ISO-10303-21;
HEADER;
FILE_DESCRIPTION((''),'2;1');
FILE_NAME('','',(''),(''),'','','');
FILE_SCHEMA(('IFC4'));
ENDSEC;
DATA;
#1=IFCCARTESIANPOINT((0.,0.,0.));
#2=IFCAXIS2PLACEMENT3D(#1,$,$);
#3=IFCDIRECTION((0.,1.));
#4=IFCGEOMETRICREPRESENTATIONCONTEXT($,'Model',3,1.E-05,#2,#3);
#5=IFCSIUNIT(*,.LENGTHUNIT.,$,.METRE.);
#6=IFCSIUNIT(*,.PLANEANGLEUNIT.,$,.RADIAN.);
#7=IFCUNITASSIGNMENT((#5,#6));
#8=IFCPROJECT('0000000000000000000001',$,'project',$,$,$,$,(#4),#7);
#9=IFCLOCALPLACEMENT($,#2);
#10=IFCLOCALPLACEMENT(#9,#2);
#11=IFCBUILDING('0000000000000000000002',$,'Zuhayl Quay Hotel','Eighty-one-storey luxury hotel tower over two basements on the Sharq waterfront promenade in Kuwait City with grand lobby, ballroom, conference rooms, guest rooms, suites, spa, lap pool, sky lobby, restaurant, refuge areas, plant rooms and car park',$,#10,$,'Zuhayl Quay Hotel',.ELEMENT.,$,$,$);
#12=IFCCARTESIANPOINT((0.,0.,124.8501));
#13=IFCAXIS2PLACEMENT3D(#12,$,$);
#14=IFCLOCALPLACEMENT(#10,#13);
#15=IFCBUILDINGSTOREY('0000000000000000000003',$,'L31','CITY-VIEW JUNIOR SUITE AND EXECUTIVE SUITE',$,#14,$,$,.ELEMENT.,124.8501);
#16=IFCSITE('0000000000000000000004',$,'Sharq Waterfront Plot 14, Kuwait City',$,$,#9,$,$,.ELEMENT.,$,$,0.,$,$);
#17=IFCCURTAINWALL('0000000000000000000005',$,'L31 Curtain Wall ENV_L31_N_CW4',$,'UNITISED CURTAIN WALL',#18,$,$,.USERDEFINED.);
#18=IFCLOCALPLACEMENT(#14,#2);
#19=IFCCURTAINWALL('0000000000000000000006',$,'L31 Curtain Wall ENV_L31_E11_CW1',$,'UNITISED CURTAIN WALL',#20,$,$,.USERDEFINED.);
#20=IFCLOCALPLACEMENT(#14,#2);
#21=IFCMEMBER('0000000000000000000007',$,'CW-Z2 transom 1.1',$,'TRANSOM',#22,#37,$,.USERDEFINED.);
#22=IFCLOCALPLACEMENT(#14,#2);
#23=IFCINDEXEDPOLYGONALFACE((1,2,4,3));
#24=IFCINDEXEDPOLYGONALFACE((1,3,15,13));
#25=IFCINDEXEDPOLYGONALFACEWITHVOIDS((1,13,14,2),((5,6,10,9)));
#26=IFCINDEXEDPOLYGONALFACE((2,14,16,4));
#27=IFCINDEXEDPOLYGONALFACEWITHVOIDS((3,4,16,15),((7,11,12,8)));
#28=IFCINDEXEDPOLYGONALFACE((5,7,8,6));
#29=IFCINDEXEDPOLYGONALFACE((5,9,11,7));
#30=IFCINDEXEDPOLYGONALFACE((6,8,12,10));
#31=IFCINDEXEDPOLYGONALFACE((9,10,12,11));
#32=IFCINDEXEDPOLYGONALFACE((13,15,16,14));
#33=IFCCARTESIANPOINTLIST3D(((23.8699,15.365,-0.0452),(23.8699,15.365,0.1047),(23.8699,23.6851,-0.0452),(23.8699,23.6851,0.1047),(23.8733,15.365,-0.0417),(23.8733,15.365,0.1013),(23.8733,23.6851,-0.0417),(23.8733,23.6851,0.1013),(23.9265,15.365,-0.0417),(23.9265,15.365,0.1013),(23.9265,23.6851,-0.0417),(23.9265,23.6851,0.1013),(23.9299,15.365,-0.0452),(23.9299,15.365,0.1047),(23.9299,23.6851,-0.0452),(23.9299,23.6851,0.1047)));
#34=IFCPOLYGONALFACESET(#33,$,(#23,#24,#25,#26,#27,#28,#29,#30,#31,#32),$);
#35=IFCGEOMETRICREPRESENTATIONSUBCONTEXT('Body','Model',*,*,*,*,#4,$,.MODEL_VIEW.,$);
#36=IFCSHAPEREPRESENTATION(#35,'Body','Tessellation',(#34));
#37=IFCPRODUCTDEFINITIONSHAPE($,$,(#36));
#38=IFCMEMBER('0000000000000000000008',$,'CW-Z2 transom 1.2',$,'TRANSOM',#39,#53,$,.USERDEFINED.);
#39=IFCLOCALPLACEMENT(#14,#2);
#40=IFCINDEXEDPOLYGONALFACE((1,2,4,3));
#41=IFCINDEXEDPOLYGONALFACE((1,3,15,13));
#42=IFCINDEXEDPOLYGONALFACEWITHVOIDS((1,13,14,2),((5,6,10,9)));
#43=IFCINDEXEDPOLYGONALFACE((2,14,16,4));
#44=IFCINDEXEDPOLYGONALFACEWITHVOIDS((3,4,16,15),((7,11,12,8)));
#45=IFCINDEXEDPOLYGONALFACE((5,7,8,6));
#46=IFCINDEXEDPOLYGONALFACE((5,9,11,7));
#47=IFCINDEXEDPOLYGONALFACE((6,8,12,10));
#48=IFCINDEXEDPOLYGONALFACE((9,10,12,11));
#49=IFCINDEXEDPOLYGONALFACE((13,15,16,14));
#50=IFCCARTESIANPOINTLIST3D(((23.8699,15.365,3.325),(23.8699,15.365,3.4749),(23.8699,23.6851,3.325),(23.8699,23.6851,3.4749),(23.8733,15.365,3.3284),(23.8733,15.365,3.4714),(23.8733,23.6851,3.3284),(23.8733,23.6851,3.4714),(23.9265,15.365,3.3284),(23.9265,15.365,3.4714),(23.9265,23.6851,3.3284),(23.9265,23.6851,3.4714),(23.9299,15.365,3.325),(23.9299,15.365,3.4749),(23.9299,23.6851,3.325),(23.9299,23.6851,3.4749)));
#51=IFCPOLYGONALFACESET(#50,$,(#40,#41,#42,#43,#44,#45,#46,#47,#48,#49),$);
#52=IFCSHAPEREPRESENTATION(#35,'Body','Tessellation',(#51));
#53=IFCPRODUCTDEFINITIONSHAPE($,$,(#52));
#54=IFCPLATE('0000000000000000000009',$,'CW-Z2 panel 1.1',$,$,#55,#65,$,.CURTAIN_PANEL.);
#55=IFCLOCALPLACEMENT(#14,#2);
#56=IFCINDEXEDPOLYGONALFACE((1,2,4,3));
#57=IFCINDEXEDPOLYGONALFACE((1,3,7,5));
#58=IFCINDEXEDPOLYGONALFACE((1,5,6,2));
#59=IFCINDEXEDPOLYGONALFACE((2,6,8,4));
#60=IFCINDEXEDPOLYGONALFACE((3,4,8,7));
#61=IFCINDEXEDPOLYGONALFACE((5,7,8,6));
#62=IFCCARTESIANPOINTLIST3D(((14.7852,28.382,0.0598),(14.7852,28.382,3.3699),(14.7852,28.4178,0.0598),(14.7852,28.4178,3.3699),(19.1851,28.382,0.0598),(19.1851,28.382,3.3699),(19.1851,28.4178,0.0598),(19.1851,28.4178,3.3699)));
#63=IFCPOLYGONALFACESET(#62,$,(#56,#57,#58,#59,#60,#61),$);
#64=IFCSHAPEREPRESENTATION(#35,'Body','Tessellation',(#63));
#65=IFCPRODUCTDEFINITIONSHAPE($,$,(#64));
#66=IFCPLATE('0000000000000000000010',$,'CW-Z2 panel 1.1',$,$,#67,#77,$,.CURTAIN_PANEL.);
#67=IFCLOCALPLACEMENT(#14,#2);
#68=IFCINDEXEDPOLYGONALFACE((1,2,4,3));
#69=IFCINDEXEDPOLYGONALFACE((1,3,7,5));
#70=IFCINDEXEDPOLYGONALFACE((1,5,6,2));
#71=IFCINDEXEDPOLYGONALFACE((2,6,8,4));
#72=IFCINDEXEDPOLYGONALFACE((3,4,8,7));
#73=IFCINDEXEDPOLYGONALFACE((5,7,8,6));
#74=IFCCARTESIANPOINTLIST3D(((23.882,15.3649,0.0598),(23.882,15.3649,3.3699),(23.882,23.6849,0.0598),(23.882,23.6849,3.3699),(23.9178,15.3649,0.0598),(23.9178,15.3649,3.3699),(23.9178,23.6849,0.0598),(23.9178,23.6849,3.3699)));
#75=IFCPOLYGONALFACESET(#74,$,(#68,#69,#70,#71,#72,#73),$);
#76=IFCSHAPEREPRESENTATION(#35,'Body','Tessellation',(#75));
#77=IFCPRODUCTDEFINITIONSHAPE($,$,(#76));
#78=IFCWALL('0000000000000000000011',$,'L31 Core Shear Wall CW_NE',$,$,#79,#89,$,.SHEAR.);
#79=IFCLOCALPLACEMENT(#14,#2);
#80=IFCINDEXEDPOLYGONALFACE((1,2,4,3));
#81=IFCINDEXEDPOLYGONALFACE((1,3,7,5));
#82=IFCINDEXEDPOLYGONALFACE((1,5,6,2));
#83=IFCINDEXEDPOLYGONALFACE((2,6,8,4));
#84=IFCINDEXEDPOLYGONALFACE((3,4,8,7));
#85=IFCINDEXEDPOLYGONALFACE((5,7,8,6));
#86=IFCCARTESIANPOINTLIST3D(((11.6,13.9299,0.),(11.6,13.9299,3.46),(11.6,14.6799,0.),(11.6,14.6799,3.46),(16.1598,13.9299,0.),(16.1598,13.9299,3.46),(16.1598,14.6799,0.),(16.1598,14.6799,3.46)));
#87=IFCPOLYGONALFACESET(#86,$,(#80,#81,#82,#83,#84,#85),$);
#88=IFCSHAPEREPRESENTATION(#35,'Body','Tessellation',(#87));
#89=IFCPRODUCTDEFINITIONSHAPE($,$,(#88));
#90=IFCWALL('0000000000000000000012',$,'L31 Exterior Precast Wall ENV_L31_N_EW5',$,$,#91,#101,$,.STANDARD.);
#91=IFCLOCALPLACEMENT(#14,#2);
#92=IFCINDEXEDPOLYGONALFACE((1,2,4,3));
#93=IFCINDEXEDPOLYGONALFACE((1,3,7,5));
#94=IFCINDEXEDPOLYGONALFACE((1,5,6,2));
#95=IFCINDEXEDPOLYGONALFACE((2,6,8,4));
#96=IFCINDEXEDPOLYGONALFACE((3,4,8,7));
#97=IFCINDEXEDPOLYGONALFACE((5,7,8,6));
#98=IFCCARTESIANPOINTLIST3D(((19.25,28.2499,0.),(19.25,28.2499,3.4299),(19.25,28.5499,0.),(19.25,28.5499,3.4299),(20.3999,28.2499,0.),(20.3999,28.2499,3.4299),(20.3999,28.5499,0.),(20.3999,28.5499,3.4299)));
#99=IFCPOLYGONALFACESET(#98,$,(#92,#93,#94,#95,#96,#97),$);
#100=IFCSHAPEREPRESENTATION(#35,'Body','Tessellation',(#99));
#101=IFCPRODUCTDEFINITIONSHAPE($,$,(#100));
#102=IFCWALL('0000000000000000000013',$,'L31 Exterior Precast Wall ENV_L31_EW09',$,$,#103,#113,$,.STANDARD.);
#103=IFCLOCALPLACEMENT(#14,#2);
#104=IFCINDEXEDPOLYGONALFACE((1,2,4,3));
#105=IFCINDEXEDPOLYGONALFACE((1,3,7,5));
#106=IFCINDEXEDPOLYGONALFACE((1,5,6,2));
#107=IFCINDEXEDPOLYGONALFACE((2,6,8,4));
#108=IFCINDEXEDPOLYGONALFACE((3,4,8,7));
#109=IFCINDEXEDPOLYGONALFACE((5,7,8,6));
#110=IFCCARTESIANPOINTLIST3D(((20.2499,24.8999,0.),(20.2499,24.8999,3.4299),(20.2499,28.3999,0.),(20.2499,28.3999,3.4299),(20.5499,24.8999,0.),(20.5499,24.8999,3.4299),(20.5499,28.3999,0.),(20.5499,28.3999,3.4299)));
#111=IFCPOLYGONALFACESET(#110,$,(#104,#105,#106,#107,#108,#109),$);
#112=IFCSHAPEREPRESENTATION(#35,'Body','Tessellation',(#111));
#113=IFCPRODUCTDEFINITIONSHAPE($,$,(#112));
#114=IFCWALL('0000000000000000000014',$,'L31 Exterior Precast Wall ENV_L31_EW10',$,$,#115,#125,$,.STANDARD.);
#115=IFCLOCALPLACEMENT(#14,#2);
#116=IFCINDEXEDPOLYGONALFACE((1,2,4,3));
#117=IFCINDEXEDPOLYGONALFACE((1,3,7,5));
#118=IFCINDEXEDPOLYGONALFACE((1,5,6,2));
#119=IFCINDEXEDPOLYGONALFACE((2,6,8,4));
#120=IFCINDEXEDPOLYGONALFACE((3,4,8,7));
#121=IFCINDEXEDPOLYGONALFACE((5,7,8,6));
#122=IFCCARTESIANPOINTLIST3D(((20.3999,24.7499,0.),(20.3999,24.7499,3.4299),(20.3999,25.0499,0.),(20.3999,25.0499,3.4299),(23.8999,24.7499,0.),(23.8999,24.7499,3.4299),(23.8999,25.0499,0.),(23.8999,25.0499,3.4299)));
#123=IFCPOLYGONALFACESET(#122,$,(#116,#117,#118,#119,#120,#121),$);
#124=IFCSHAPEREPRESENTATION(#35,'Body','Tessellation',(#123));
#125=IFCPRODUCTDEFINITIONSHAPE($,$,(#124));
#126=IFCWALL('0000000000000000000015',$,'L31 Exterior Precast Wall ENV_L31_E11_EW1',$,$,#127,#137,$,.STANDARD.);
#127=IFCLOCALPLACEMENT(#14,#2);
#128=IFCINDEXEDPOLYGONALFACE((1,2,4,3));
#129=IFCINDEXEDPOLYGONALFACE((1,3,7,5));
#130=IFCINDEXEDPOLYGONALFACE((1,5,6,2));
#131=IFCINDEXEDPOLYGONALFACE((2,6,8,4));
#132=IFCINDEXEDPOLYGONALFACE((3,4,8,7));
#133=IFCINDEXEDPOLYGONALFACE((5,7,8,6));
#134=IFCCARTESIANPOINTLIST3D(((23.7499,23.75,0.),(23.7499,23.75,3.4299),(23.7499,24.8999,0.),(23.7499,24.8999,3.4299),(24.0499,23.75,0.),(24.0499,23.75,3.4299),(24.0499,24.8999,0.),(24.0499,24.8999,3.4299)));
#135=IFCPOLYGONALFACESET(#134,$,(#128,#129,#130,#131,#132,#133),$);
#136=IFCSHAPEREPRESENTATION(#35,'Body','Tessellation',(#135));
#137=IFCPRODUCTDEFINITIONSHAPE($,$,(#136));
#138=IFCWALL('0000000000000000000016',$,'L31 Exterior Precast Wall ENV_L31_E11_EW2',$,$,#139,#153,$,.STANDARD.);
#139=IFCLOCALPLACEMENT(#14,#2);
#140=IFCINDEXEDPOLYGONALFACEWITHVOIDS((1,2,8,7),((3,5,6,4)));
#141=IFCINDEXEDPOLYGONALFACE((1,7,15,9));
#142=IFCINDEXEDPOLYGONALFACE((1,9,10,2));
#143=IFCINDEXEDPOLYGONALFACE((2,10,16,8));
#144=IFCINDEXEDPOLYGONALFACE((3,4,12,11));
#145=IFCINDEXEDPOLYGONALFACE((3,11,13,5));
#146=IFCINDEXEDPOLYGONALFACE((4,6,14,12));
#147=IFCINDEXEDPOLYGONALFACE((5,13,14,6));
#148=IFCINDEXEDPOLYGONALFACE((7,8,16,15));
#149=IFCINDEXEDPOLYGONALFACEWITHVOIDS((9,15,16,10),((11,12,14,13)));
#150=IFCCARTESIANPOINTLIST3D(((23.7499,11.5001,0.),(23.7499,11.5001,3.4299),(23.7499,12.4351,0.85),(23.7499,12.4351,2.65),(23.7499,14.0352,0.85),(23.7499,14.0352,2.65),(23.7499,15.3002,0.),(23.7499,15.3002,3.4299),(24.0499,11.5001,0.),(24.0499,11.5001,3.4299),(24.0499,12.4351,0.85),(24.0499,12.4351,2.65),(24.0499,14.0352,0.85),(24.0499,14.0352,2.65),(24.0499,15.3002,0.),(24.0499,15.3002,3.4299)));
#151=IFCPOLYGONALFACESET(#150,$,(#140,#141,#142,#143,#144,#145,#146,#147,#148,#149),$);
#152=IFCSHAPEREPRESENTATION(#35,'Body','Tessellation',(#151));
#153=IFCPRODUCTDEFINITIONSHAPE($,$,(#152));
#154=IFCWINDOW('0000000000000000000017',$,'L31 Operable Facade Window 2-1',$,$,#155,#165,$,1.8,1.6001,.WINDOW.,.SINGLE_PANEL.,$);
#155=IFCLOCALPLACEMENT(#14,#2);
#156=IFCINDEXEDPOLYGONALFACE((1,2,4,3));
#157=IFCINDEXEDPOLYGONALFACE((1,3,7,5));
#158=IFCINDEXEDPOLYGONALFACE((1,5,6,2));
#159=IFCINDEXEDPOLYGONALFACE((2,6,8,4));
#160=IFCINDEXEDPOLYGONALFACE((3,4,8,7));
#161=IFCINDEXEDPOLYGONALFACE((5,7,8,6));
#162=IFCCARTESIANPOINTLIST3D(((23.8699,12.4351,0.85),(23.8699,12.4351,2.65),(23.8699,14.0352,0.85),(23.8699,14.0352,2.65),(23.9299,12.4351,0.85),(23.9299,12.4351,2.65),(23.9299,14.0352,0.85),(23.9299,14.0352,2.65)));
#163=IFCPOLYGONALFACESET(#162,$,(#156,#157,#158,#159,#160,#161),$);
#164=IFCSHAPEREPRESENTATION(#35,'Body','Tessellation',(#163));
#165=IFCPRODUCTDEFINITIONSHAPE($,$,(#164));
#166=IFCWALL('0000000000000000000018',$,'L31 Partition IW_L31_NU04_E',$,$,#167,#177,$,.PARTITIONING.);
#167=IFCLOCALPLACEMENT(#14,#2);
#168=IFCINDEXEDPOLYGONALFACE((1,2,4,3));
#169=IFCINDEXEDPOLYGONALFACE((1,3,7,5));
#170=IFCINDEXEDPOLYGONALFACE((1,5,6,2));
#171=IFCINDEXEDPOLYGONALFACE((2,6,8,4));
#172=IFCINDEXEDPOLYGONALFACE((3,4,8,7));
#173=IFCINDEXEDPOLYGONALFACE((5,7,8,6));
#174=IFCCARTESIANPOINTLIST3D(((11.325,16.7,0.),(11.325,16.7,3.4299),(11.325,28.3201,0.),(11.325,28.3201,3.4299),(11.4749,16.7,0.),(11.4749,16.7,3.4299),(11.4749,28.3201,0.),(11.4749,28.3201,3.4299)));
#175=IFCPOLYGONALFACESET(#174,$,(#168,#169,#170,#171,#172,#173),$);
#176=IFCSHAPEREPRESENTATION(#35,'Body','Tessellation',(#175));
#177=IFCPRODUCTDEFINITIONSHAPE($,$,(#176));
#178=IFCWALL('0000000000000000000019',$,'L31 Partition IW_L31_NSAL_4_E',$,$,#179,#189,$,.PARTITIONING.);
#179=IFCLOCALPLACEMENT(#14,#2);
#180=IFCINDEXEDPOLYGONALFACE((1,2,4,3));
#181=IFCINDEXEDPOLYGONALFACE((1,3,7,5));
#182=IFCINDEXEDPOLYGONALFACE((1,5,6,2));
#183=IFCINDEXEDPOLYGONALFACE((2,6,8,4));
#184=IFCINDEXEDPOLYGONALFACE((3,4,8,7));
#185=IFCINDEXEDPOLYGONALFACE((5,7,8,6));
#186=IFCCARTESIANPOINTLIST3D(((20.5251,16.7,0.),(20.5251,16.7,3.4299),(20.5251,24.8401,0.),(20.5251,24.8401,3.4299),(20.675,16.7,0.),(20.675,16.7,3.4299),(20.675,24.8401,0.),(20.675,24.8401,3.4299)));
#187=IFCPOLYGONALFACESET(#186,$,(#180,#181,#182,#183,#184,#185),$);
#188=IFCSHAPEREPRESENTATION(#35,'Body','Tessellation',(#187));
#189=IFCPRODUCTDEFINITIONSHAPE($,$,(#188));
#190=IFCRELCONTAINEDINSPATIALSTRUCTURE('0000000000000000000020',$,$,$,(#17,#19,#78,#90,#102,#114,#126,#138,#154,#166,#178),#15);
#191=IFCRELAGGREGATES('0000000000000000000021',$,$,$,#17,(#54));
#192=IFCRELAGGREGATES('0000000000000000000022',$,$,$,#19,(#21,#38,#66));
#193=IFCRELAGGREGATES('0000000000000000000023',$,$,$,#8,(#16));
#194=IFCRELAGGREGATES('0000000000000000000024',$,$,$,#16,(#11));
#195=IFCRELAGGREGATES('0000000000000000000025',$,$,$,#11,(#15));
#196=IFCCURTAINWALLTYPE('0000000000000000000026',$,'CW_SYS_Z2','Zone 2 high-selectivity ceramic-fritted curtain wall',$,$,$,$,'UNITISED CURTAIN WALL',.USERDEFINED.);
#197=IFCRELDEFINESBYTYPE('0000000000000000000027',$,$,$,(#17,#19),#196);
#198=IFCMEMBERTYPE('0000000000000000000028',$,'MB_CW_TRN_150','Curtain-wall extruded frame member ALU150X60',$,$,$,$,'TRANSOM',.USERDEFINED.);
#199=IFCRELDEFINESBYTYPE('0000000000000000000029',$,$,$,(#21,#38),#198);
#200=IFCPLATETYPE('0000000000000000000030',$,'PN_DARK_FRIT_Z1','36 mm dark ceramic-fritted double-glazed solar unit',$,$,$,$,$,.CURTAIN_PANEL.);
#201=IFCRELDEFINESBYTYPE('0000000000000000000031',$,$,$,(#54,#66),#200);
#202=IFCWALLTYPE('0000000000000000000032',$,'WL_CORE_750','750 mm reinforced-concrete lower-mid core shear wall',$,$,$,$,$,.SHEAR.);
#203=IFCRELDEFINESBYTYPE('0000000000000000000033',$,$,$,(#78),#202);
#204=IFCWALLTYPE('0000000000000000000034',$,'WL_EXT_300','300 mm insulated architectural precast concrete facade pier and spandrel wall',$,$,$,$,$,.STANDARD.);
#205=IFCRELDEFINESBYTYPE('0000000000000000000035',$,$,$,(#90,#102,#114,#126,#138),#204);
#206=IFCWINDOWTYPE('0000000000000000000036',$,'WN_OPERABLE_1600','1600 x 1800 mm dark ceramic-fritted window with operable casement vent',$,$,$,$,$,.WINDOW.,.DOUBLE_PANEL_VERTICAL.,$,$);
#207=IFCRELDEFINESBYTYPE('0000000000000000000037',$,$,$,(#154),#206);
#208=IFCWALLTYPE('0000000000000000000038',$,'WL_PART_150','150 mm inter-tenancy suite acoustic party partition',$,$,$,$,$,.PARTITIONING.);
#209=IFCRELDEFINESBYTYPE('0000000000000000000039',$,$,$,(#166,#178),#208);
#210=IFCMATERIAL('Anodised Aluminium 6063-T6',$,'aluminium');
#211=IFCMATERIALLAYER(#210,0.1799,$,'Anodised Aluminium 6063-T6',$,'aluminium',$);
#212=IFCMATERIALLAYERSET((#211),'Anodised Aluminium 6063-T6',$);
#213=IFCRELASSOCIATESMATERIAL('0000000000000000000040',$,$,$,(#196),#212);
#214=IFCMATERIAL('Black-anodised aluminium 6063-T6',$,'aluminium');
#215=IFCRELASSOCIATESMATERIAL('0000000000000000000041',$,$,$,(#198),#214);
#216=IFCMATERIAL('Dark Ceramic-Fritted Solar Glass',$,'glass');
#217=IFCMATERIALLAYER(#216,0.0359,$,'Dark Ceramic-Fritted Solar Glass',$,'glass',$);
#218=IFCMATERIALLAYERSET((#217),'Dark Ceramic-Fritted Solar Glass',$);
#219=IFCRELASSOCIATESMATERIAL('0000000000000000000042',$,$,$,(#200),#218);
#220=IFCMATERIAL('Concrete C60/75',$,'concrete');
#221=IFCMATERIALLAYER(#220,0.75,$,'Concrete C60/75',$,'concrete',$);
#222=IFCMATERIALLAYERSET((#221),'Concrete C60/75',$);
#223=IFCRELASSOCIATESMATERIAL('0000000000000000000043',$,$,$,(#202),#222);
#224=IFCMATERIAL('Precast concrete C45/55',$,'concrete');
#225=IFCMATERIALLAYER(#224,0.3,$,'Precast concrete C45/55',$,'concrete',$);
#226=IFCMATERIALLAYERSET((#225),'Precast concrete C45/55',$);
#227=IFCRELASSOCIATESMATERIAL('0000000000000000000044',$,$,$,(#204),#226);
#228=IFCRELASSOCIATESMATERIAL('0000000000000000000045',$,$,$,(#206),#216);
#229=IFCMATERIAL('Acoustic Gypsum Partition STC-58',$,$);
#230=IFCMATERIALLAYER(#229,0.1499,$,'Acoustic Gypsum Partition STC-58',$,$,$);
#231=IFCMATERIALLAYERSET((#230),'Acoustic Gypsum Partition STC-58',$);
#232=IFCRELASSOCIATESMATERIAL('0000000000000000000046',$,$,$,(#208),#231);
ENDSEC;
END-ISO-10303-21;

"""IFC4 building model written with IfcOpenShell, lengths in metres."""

from ifc_helpers import new_model, si_unit, direction, frame, frame_2d, origin, origin_2d, place, context, subcontext, project, spatial, rectangle, hollow_rectangle, extrude, material, layer, layer_set, material_profile, profile_set, type_object, element, fill, aggregate, save


model = new_model("IFC4")

# Units and contexts
model_context = context("Model", 3, precision=1e-05, world=origin(), true_north=direction((0.0, 1.0)))
body_context = subcontext(model_context, "Body", "Model", "MODEL_VIEW")
ifc_project = project(units=[si_unit("LENGTHUNIT", "METRE"), si_unit("PLANEANGLEUNIT", "RADIAN")], contexts=[model_context])

# Site, building, storey
site_placement = place(None, origin())
site = spatial("IfcSite", under=ifc_project, at=site_placement, Name="Sharq Waterfront Plot 14, Kuwait City", CompositionType="ELEMENT", RefElevation=0.0)
building_placement = place(site_placement, origin())
building = spatial("IfcBuilding", under=site, at=building_placement, Name="Zuhayl Quay Hotel", Description="Eighty-one-storey luxury hotel tower over two basements on the Sharq waterfront promenade in Kuwait City with grand lobby, ballroom, conference rooms, guest rooms, suites, spa, lap pool, sky lobby, restaurant, refuge areas, plant rooms and car park", LongName="Zuhayl Quay Hotel", CompositionType="ELEMENT")
storey_placement = place(building_placement, frame((0.0, 0.0, 124.8501)))
storey = spatial("IfcBuildingStorey", under=building, at=storey_placement, Name="L31", Description="CITY-VIEW JUNIOR SUITE AND EXECUTIVE SUITE", CompositionType="ELEMENT", Elevation=124.8501)

# Curtain walls
ifc_material_1 = material(Name="Anodised Aluminium 6063-T6", Category="aluminium")
ifc_layer_1 = layer(ifc_material_1, 0.1799, Name="Anodised Aluminium 6063-T6", Category="aluminium")
ifc_layer_set_1 = layer_set([ifc_layer_1], Name="Anodised Aluminium 6063-T6")
curtain_wall_type = type_object("IfcCurtainWallType", Name="CW_SYS_Z2", Description="Zone 2 high-selectivity ceramic-fritted curtain wall", ElementType="UNITISED CURTAIN WALL", PredefinedType="USERDEFINED", material=ifc_layer_set_1)
curtain_wall_1_placement = place(storey_placement, origin())
curtain_wall_1 = element("IfcCurtainWall", 1, at=curtain_wall_1_placement, inside=storey, type_object=curtain_wall_type, Name="L31 Curtain Wall ENV_L31_N_CW4", ObjectType="UNITISED CURTAIN WALL", PredefinedType="USERDEFINED")
ifc_material_2 = material(Name="Black-anodised aluminium 6063-T6", Category="aluminium")
curtain_wall_2_placement = place(storey_placement, origin())
curtain_wall_2 = element("IfcCurtainWall", 2, at=curtain_wall_2_placement, inside=storey, type_object=curtain_wall_type, Name="L31 Curtain Wall ENV_L31_E11_CW1", ObjectType="UNITISED CURTAIN WALL", PredefinedType="USERDEFINED")

# Members
ifc_material_profile_1 = material_profile(ifc_material_2, hollow_rectangle(XDim=0.0601, YDim=0.1499, WallThickness=0.0034, at=origin_2d()), Name="ALU150X60")
ifc_profile_set_1 = profile_set([ifc_material_profile_1], Name="Black-anodised aluminium 6063-T6")
member_type_1 = type_object("IfcMemberType", Name="MB_CW_TRN_150", Description="Curtain-wall extruded frame member ALU150X60", ElementType="TRANSOM", PredefinedType="USERDEFINED", material=ifc_profile_set_1)
member_1_placement = place(storey_placement, frame((23.8999, 23.6851, 0.0298), z_axis=(0.0, -1.0, 0.0), x_axis=(1.0, 0.0, 0.0)))
member_1 = element("IfcMember", 3, at=member_1_placement, type_object=member_type_1, Name="CW-Z2 transom 1.1", ObjectType="TRANSOM", PredefinedType="USERDEFINED", context=body_context, shape_type="SweptSolid", body=[
    extrude(hollow_rectangle(XDim=0.0601, YDim=0.1499, WallThickness=0.0034, at=origin_2d()), origin(), (0.0, 0.0, 1.0), 8.3201),
])
member_2_placement = place(storey_placement, frame((23.8999, 23.6851, 3.3999), z_axis=(0.0, -1.0, 0.0), x_axis=(1.0, 0.0, 0.0)))
member_2 = element("IfcMember", 4, at=member_2_placement, type_object=member_type_1, Name="CW-Z2 transom 1.2", ObjectType="TRANSOM", PredefinedType="USERDEFINED", context=body_context, shape_type="SweptSolid", body=[
    extrude(hollow_rectangle(XDim=0.0601, YDim=0.1499, WallThickness=0.0034, at=origin_2d()), origin(), (0.0, 0.0, 1.0), 8.3201),
])

# Plates
ifc_material_3 = material(Name="Dark Ceramic-Fritted Solar Glass", Category="glass")
ifc_layer_2 = layer(ifc_material_3, 0.0359, Name="Dark Ceramic-Fritted Solar Glass", Category="glass")
ifc_layer_set_2 = layer_set([ifc_layer_2], Name="Dark Ceramic-Fritted Solar Glass")
plate_type = type_object("IfcPlateType", Name="PN_DARK_FRIT_Z1", Description="36 mm dark ceramic-fritted double-glazed solar unit", PredefinedType="CURTAIN_PANEL", material=ifc_layer_set_2)
plate_1_placement = place(storey_placement, frame((16.9851, 28.3999, 0.0598), z_axis=(0.0, 0.0, 1.0), x_axis=(1.0, 0.0, 0.0)))
plate_1 = element("IfcPlate", 5, at=plate_1_placement, type_object=plate_type, Name="CW-Z2 panel 1.1", PredefinedType="CURTAIN_PANEL", context=body_context, shape_type="SweptSolid", body=[
    extrude(rectangle(XDim=4.3999, YDim=0.0359, at=origin_2d()), origin(), (0.0, 0.0, 1.0), 3.3101),
])
aggregate(curtain_wall_1, [plate_1])
plate_2_placement = place(storey_placement, frame((23.8999, 19.5249, 0.0598), z_axis=(0.0, 0.0, 1.0), x_axis=(0.0, -1.0, 0.0)))
plate_2 = element("IfcPlate", 6, at=plate_2_placement, type_object=plate_type, Name="CW-Z2 panel 1.1", PredefinedType="CURTAIN_PANEL", context=body_context, shape_type="SweptSolid", body=[
    extrude(rectangle(XDim=8.3201, YDim=0.0359, at=origin_2d()), origin(), (0.0, 0.0, 1.0), 3.3101),
])
aggregate(curtain_wall_2, [member_1, member_2, plate_2])

# Walls
ifc_material_4 = material(Name="Concrete C60/75", Category="concrete")
ifc_layer_3 = layer(ifc_material_4, 0.75, Name="Concrete C60/75", Category="concrete")
ifc_layer_set_3 = layer_set([ifc_layer_3], Name="Concrete C60/75")
wall_type_1 = type_object("IfcWallType", Name="WL_CORE_750", Description="750 mm reinforced-concrete lower-mid core shear wall", PredefinedType="SHEAR", material=ifc_layer_set_3)
wall_1_placement = place(storey_placement, frame((11.6001, 14.3049, 0.0), z_axis=(0.0, 0.0, 1.0), x_axis=(1.0, 0.0, 0.0)))
element("IfcWall", 7, at=wall_1_placement, inside=storey, type_object=wall_type_1, Name="L31 Core Shear Wall CW_NE", PredefinedType="SHEAR", context=body_context, shape_type="SweptSolid", body=[
    extrude(rectangle(XDim=4.5598, YDim=0.75, at=frame_2d((2.2798, 0.0))), origin(), (0.0, 0.0, 1.0), 3.46),
])
ifc_material_5 = material(Name="Precast concrete C45/55", Category="concrete")
ifc_layer_4 = layer(ifc_material_5, 0.3, Name="Precast concrete C45/55", Category="concrete")
ifc_layer_set_4 = layer_set([ifc_layer_4], Name="Precast concrete C45/55")
wall_type_2 = type_object("IfcWallType", Name="WL_EXT_300", Description="300 mm insulated architectural precast concrete facade pier and spandrel wall", PredefinedType="STANDARD", material=ifc_layer_set_4)
wall_2_placement = place(storey_placement, frame((19.25, 28.3999, 0.0), z_axis=(0.0, 0.0, 1.0), x_axis=(1.0, 0.0, 0.0)))
element("IfcWall", 8, at=wall_2_placement, inside=storey, type_object=wall_type_2, Name="L31 Exterior Precast Wall ENV_L31_N_EW5", PredefinedType="STANDARD", context=body_context, shape_type="SweptSolid", body=[
    extrude(rectangle(XDim=1.1499, YDim=0.3, at=frame_2d((0.575, 0.0))), origin(), (0.0, 0.0, 1.0), 3.4299),
])
for number, where, z_axis, x_axis, name in (
    (9, (20.3999, 28.3999, 0.0), (0.0, 0.0, 1.0), (0.0, -1.0, 0.0), "L31 Exterior Precast Wall ENV_L31_EW09"),
    (10, (20.3999, 24.8999, 0.0), (0.0, 0.0, 1.0), (1.0, 0.0, 0.0), "L31 Exterior Precast Wall ENV_L31_EW10"),
):
    element("IfcWall", number, at=place(storey_placement, frame(where, z_axis=z_axis, x_axis=x_axis)), inside=storey, type_object=wall_type_2, Name=name, PredefinedType="STANDARD", context=body_context, shape_type="SweptSolid", body=[
        extrude(rectangle(XDim=3.5, YDim=0.3, at=frame_2d((1.75, 0.0))), origin(), (0.0, 0.0, 1.0), 3.4299),
    ])
wall_3_placement = place(storey_placement, frame((23.8999, 24.8999, 0.0), z_axis=(0.0, 0.0, 1.0), x_axis=(0.0, -1.0, 0.0)))
element("IfcWall", 11, at=wall_3_placement, inside=storey, type_object=wall_type_2, Name="L31 Exterior Precast Wall ENV_L31_E11_EW1", PredefinedType="STANDARD", context=body_context, shape_type="SweptSolid", body=[
    extrude(rectangle(XDim=1.1499, YDim=0.3, at=frame_2d((0.575, 0.0))), origin(), (0.0, 0.0, 1.0), 3.4299),
])

# Wall, opening, window
wall_4_placement = place(storey_placement, frame((23.8999, 15.3, 0.0), z_axis=(0.0, 0.0, 1.0), x_axis=(0.0, -1.0, 0.0)))
wall_4 = element("IfcWall", 12, at=wall_4_placement, inside=storey, type_object=wall_type_2, Name="L31 Exterior Precast Wall ENV_L31_E11_EW2", PredefinedType="STANDARD", context=body_context, shape_type="SweptSolid", body=[
    extrude(rectangle(XDim=3.8, YDim=0.3, at=frame_2d((1.8999, 0.0))), origin(), (0.0, 0.0, 1.0), 3.4299),
])
opening_placement = place(wall_4_placement, frame((1.2649, 0.0, 0.8501)))
opening = element("IfcOpeningElement", 13, at=opening_placement, cuts=wall_4, PredefinedType="OPENING", context=body_context, shape_type="SweptSolid", body=[
    extrude(rectangle(XDim=1.6001, YDim=1.8, at=frame_2d((0.8, 0.8999))), frame((0.0, 0.1599, 0.0), z_axis=(0.0, -1.0, 0.0), x_axis=(1.0, 0.0, 0.0)), (0.0, 0.0, 1.0), 0.3201),
])
window_type = type_object("IfcWindowType", Name="WN_OPERABLE_1600", Description="1600 x 1800 mm dark ceramic-fritted window with operable casement vent", PartitioningType="DOUBLE_PANEL_VERTICAL", PredefinedType="WINDOW", material=ifc_material_3)
window_placement = place(opening_placement, origin())
window = element("IfcWindow", 14, at=window_placement, inside=storey, type_object=window_type, Name="L31 Operable Facade Window 2-1", OverallHeight=1.8, OverallWidth=1.6001, PartitioningType="SINGLE_PANEL", PredefinedType="WINDOW", context=body_context, shape_type="SweptSolid", body=[
    extrude(rectangle(XDim=1.6001, YDim=1.8, at=frame_2d((0.8, 0.8999))), frame((0.0, 0.03, 0.0), z_axis=(0.0, -1.0, 0.0), x_axis=(1.0, 0.0, 0.0)), (0.0, 0.0, 1.0), 0.0601),
])
fill(opening, window)

# Walls
ifc_material_6 = material(Name="Acoustic Gypsum Partition STC-58")
ifc_layer_5 = layer(ifc_material_6, 0.1499, Name="Acoustic Gypsum Partition STC-58")
ifc_layer_set_5 = layer_set([ifc_layer_5], Name="Acoustic Gypsum Partition STC-58")
wall_type_3 = type_object("IfcWallType", Name="WL_PART_150", Description="150 mm inter-tenancy suite acoustic party partition", PredefinedType="PARTITIONING", material=ifc_layer_set_5)
wall_5_placement = place(storey_placement, frame((11.3999, 16.7, 0.0), z_axis=(0.0, 0.0, 1.0), x_axis=(0.0, 1.0, 0.0)))
element("IfcWall", 15, at=wall_5_placement, inside=storey, type_object=wall_type_3, Name="L31 Partition IW_L31_NU04_E", PredefinedType="PARTITIONING", context=body_context, shape_type="SweptSolid", body=[
    extrude(rectangle(XDim=11.6201, YDim=0.1499, at=frame_2d((5.8101, 0.0))), origin(), (0.0, 0.0, 1.0), 3.4299),
])
wall_6_placement = place(storey_placement, frame((20.6001, 16.7, 0.0), z_axis=(0.0, 0.0, 1.0), x_axis=(0.0, 1.0, 0.0)))
element("IfcWall", 16, at=wall_6_placement, inside=storey, type_object=wall_type_3, Name="L31 Partition IW_L31_NSAL_4_E", PredefinedType="PARTITIONING", context=body_context, shape_type="SweptSolid", body=[
    extrude(rectangle(XDim=8.1401, YDim=0.1499, at=frame_2d((4.0701, 0.0))), origin(), (0.0, 0.0, 1.0), 3.4299),
])

save(model, "model.ifc")
